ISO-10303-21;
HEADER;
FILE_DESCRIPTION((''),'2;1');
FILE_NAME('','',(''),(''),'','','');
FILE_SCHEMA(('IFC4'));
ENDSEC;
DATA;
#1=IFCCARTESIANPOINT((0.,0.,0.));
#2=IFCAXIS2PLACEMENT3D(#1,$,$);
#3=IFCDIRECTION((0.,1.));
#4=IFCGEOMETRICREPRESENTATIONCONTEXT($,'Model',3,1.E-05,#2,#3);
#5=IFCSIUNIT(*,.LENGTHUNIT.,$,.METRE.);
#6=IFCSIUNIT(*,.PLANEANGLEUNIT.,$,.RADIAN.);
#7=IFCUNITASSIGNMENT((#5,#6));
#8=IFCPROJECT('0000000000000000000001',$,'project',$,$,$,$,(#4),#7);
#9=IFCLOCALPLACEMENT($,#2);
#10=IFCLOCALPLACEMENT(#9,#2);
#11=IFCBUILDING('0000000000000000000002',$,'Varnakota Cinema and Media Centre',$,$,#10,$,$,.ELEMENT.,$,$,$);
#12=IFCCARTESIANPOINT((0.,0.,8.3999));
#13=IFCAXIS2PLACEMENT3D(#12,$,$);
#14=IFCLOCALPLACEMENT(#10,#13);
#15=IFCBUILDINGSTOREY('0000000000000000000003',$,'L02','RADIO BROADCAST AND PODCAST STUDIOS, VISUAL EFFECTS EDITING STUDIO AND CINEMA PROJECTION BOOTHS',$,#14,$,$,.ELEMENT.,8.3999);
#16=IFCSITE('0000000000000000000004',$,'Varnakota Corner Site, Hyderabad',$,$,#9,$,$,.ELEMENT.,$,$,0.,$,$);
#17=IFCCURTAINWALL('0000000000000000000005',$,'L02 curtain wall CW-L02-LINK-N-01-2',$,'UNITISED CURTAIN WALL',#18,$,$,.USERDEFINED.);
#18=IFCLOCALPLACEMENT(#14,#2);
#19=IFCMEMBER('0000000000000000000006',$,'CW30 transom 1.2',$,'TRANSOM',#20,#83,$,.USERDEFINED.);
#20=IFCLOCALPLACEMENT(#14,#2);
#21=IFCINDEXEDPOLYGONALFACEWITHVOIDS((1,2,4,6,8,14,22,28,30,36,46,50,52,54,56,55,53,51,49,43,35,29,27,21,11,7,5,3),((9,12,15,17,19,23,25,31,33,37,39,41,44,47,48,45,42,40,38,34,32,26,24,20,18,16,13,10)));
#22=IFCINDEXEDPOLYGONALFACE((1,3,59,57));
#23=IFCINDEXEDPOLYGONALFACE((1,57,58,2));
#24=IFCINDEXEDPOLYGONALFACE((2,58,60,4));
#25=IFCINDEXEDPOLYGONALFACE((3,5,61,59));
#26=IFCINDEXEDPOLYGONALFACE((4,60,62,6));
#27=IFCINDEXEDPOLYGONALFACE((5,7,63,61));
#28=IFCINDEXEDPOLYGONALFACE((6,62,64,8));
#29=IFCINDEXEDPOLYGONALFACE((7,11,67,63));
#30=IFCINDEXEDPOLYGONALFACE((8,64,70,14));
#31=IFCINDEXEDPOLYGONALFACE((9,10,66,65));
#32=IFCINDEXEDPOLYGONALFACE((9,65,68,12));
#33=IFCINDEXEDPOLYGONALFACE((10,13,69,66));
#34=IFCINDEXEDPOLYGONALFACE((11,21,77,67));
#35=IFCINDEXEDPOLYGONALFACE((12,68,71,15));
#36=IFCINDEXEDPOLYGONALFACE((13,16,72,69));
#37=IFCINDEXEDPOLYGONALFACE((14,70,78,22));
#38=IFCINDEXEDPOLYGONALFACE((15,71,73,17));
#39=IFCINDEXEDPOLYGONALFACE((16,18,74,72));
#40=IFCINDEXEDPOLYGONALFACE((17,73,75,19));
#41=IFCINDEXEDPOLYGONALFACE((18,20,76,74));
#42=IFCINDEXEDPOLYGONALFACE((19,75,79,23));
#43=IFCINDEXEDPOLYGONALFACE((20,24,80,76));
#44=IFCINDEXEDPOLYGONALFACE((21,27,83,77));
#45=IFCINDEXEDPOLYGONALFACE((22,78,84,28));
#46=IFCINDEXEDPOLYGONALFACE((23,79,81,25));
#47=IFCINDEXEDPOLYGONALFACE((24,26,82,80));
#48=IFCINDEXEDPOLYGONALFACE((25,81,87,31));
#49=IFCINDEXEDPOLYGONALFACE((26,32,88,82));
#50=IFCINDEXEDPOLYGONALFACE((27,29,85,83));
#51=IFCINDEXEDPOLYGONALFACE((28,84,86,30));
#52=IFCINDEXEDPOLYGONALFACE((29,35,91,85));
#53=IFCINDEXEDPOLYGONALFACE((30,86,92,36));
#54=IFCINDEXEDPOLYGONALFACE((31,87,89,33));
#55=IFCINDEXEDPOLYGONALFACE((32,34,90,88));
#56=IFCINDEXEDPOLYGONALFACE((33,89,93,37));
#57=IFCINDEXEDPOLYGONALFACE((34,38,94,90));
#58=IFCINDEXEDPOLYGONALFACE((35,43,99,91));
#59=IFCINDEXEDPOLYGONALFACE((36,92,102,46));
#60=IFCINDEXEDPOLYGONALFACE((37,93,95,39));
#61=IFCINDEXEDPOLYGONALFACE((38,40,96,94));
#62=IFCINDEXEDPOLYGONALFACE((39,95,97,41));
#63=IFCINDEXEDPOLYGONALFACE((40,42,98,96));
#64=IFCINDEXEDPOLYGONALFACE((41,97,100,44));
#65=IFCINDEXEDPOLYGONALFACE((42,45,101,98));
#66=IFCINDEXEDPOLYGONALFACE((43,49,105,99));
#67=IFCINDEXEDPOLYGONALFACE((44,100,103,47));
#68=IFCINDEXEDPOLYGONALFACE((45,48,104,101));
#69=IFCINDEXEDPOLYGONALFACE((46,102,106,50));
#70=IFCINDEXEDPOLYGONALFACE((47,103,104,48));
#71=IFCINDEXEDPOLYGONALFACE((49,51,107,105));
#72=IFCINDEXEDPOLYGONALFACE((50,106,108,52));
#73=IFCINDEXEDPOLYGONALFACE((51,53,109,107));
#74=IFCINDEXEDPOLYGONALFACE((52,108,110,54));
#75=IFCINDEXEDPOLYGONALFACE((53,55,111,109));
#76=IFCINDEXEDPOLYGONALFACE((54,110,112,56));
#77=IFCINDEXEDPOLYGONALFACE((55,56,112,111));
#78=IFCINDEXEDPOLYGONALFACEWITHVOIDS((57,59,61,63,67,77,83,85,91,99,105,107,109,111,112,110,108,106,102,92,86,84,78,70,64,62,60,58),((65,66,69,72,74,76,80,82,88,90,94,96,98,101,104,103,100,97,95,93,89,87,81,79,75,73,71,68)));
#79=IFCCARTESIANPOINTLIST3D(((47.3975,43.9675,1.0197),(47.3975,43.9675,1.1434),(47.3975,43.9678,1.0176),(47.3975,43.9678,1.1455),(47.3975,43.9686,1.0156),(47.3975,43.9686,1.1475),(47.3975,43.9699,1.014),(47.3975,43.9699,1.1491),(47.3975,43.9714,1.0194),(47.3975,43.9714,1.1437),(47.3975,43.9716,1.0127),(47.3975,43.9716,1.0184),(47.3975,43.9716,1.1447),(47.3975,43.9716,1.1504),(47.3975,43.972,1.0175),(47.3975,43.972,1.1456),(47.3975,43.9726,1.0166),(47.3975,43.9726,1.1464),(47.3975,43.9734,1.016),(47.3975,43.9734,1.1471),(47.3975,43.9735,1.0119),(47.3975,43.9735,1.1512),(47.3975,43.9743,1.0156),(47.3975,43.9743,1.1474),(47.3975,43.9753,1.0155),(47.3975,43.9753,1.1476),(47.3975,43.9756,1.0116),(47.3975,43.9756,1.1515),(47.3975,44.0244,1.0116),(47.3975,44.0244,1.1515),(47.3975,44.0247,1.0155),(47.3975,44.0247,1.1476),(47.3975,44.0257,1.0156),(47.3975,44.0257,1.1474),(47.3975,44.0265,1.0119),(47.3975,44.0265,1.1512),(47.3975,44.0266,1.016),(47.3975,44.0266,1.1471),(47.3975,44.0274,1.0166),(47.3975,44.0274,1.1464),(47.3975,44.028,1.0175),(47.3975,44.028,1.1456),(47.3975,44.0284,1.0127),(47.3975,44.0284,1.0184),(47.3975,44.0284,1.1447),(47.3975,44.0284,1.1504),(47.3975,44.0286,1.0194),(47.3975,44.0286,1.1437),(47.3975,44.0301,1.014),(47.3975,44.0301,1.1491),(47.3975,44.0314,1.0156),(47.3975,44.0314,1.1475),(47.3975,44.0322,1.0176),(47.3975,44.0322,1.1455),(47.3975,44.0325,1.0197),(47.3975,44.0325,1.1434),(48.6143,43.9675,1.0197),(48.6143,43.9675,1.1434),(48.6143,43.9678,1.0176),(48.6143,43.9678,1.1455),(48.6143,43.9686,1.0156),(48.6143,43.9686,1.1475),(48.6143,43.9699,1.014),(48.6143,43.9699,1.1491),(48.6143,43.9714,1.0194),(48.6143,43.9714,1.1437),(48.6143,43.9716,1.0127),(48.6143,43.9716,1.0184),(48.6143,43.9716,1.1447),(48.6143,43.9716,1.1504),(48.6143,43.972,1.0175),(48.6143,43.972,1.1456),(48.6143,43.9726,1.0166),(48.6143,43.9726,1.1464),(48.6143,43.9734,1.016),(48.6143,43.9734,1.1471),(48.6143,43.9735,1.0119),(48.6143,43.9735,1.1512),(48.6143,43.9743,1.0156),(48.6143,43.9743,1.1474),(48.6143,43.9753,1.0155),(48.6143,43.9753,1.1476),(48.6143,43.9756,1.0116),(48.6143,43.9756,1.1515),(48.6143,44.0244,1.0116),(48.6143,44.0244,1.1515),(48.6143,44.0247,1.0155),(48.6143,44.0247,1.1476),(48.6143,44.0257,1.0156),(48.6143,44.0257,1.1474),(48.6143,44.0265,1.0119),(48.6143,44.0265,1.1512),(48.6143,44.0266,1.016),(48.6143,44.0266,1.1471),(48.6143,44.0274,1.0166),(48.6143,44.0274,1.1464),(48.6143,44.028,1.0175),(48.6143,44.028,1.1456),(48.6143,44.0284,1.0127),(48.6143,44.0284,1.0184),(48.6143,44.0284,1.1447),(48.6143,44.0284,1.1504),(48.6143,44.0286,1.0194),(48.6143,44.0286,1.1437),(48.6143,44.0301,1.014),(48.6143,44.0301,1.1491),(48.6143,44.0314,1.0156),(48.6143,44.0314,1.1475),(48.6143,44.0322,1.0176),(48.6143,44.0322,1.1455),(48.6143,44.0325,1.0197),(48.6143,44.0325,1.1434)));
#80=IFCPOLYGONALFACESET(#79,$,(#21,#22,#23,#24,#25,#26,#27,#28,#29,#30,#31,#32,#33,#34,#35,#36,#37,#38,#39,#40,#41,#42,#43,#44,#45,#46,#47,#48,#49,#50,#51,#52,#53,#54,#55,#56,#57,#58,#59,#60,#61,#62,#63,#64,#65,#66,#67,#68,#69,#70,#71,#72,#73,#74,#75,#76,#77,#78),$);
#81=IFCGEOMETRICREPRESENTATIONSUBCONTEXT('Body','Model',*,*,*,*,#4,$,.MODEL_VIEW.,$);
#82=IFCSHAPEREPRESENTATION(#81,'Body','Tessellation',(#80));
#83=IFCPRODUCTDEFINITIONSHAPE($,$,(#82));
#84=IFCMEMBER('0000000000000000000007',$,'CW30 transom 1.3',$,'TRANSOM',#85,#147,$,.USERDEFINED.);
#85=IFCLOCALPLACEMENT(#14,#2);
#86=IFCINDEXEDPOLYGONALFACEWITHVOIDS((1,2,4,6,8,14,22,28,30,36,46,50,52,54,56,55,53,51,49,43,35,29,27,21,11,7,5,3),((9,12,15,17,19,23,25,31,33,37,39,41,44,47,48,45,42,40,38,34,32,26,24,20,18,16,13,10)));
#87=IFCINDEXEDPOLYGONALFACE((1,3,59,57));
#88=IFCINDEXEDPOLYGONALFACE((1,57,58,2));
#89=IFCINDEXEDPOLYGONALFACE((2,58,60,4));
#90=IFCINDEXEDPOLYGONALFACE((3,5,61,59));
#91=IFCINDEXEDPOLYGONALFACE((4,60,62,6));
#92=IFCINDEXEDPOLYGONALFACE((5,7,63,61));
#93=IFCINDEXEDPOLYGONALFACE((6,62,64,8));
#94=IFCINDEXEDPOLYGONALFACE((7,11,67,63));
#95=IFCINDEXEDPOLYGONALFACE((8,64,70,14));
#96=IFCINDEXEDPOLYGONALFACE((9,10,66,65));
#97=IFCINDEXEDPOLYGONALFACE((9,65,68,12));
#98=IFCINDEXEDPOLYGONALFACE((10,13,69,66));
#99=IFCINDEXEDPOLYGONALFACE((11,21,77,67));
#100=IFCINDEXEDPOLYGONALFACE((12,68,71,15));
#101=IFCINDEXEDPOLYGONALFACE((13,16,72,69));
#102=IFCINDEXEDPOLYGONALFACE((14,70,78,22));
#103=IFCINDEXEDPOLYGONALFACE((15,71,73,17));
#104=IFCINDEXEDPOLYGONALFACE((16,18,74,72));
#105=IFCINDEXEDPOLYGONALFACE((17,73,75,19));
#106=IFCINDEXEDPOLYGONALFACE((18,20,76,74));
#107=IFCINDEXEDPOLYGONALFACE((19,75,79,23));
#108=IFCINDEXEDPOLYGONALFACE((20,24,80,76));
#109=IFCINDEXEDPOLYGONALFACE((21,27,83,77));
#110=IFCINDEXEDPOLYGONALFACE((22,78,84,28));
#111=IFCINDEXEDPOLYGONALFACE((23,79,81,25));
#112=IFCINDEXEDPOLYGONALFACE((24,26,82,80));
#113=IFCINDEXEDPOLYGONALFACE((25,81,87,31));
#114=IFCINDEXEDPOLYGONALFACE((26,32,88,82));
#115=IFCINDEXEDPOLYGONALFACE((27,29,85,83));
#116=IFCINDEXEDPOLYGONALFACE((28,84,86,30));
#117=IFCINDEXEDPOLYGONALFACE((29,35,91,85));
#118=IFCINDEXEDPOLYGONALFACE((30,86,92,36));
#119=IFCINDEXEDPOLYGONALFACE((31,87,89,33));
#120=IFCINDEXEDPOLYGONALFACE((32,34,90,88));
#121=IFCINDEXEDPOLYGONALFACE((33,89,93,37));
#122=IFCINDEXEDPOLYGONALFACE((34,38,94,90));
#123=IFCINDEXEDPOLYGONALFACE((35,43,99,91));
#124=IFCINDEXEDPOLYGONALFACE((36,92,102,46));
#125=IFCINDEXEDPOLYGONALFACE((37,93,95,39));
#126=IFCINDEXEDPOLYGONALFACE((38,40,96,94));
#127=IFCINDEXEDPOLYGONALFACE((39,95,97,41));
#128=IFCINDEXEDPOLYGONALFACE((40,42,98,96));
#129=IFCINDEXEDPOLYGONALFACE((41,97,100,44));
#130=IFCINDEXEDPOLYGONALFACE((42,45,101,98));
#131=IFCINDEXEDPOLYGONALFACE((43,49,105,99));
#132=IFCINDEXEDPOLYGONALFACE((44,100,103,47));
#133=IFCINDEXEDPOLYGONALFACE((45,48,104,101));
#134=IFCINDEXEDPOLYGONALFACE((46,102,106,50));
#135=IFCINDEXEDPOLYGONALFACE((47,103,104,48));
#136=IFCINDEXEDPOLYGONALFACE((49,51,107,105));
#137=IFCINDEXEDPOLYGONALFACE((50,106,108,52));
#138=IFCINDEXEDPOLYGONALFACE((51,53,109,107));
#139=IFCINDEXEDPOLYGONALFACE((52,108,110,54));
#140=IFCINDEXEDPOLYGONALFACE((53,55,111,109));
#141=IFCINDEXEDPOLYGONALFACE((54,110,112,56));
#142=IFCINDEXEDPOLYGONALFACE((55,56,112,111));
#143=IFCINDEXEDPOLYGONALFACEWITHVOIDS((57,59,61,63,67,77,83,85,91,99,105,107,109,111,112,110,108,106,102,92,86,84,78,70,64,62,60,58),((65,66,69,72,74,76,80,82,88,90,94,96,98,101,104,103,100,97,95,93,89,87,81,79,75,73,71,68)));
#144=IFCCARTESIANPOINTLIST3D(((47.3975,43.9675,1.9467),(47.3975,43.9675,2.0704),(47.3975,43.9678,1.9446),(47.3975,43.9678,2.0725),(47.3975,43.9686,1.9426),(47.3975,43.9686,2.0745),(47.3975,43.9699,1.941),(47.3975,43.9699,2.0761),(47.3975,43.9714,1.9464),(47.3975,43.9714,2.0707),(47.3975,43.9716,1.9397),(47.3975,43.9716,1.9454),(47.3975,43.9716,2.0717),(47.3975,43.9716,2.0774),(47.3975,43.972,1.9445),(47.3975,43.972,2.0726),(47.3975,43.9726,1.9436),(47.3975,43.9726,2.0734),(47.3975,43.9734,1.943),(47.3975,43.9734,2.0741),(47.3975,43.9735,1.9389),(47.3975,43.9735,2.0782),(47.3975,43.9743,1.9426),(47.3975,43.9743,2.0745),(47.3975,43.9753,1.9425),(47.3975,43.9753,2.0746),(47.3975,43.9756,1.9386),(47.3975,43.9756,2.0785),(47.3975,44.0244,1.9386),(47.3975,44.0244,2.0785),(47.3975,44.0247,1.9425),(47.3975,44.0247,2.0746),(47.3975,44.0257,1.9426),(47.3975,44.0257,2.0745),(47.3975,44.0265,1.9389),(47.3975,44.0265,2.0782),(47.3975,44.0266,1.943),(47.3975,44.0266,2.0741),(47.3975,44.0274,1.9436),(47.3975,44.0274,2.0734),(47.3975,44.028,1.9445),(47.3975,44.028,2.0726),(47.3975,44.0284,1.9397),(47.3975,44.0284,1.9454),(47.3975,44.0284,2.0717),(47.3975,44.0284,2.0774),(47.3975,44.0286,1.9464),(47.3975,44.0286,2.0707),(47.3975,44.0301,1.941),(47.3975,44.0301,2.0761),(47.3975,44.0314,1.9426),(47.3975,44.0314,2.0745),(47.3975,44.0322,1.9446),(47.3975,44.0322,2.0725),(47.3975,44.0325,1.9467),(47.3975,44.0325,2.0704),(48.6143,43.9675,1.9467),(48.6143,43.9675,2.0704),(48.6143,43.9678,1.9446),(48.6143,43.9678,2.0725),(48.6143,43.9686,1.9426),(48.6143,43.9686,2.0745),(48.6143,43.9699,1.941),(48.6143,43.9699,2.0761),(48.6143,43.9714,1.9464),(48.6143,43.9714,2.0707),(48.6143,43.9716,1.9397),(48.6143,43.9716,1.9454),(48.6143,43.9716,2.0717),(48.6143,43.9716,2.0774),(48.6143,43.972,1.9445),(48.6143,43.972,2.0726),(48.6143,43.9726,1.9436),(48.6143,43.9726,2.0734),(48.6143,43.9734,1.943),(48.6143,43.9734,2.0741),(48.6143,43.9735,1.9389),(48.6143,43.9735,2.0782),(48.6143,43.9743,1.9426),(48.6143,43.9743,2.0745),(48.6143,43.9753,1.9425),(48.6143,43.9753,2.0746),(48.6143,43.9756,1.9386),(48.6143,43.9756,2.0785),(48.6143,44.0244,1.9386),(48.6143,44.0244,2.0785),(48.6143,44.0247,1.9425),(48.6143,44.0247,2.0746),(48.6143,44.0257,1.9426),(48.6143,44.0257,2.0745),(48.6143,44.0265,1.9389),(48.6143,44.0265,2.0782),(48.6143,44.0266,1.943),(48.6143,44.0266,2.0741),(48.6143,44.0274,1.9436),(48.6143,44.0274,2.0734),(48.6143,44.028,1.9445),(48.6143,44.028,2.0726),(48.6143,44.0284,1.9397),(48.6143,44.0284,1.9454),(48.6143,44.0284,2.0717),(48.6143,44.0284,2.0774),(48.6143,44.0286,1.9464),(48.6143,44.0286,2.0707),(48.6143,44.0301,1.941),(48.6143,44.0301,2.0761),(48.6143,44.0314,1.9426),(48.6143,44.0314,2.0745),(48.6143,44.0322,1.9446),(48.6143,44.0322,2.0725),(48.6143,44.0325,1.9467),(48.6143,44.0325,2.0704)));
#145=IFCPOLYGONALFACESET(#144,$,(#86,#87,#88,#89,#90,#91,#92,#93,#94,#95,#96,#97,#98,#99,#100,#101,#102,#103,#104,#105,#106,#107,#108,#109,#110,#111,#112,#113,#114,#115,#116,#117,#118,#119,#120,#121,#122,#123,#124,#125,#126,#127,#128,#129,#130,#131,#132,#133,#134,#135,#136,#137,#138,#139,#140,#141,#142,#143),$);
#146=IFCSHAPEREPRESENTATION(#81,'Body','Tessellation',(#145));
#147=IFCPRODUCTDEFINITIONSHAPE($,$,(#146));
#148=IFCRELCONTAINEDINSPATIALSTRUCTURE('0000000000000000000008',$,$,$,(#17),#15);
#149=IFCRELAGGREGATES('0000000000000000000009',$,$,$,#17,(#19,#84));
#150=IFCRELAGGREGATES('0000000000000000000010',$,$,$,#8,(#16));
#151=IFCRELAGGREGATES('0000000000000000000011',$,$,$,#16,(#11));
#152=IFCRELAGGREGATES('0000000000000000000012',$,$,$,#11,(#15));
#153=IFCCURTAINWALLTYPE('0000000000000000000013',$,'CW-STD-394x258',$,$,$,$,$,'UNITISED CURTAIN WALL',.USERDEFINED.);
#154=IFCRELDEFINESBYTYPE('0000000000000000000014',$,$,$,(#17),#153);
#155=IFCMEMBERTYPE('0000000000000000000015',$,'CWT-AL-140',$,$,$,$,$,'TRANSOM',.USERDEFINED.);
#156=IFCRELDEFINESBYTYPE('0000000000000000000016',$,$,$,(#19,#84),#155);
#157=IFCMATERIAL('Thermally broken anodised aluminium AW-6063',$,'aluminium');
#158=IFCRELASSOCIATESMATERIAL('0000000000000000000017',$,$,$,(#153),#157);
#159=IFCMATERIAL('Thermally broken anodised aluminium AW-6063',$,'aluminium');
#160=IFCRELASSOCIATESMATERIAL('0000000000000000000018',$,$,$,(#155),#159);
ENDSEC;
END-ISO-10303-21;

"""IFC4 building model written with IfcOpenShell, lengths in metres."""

from ifc_helpers import new_model, si_unit, direction, frame, origin, origin_2d, place, context, subcontext, project, spatial, hollow_rectangle, extrude, material, material_profile, profile_set, type_object, element, aggregate, save


model = new_model("IFC4")

# Units and contexts
model_context = context("Model", 3, precision=1e-05, world=origin(), true_north=direction((0.0, 1.0)))
body_context = subcontext(model_context, "Body", "Model", "MODEL_VIEW")
ifc_project = project(units=[si_unit("LENGTHUNIT", "METRE"), si_unit("PLANEANGLEUNIT", "RADIAN")], contexts=[model_context])

# Site, building, storey
site_placement = place(None, origin())
site = spatial("IfcSite", under=ifc_project, at=site_placement, Name="Varnakota Corner Site, Hyderabad", CompositionType="ELEMENT", RefElevation=0.0)
building_placement = place(site_placement, origin())
building = spatial("IfcBuilding", under=site, at=building_placement, Name="Varnakota Cinema and Media Centre", CompositionType="ELEMENT")
storey_placement = place(building_placement, frame((0.0, 0.0, 8.3999)))
storey = spatial("IfcBuildingStorey", under=building, at=storey_placement, Name="L02", Description="RADIO BROADCAST AND PODCAST STUDIOS, VISUAL EFFECTS EDITING STUDIO AND CINEMA PROJECTION BOOTHS", CompositionType="ELEMENT", Elevation=8.3999)

# Shared definitions
ifc_material_1 = material(Name="Thermally broken anodised aluminium AW-6063", Category="aluminium")
curtain_wall_type = type_object("IfcCurtainWallType", Name="CW-STD-394x258", ElementType="UNITISED CURTAIN WALL", PredefinedType="USERDEFINED", material=ifc_material_1)

# Curtain wall, members
curtain_wall_1_placement = place(storey_placement, origin())
curtain_wall_1 = element("IfcCurtainWall", 1, at=curtain_wall_1_placement, inside=storey, type_object=curtain_wall_type, Name="L02 curtain wall CW-L02-LINK-N-01-2", ObjectType="UNITISED CURTAIN WALL", PredefinedType="USERDEFINED")
ifc_material_2 = material(Name="Thermally broken anodised aluminium AW-6063", Category="aluminium")
ifc_material_profile_1 = material_profile(ifc_material_2, hollow_rectangle(XDim=0.0649, YDim=0.1399, WallThickness=0.0039, InnerFilletRadius=0.0039, OuterFilletRadius=0.0081, at=origin_2d()), Name="AL-TRANSOM 140x65x4")
ifc_profile_set_1 = profile_set([ifc_material_profile_1], Name="Thermally broken anodised aluminium AW-6063")
member_type_1 = type_object("IfcMemberType", Name="CWT-AL-140", ElementType="TRANSOM", PredefinedType="USERDEFINED", material=ifc_profile_set_1)
member_1_placement = place(storey_placement, frame((47.3975, 44.0, 1.0815), z_axis=(1.0, 0.0, 0.0), x_axis=(0.0, 1.0, 0.0)))
member_1 = element("IfcMember", 2, at=member_1_placement, type_object=member_type_1, Name="CW30 transom 1.2", ObjectType="TRANSOM", PredefinedType="USERDEFINED", context=body_context, shape_type="SweptSolid", body=[
    extrude(hollow_rectangle(XDim=0.0649, YDim=0.1399, WallThickness=0.0039, InnerFilletRadius=0.0039, OuterFilletRadius=0.0081, at=origin_2d()), origin(), (0.0, 0.0, 1.0), 1.2168),
])
member_2_placement = place(storey_placement, frame((47.3975, 44.0, 2.0085), z_axis=(1.0, 0.0, 0.0), x_axis=(0.0, 1.0, 0.0)))
member_2 = element("IfcMember", 3, at=member_2_placement, type_object=member_type_1, Name="CW30 transom 1.3", ObjectType="TRANSOM", PredefinedType="USERDEFINED", context=body_context, shape_type="SweptSolid", body=[
    extrude(hollow_rectangle(XDim=0.0649, YDim=0.1399, WallThickness=0.0039, InnerFilletRadius=0.0039, OuterFilletRadius=0.0081, at=origin_2d()), origin(), (0.0, 0.0, 1.0), 1.2168),
])

aggregate(curtain_wall_1, [member_1, member_2])

save(model, "model.ifc")
